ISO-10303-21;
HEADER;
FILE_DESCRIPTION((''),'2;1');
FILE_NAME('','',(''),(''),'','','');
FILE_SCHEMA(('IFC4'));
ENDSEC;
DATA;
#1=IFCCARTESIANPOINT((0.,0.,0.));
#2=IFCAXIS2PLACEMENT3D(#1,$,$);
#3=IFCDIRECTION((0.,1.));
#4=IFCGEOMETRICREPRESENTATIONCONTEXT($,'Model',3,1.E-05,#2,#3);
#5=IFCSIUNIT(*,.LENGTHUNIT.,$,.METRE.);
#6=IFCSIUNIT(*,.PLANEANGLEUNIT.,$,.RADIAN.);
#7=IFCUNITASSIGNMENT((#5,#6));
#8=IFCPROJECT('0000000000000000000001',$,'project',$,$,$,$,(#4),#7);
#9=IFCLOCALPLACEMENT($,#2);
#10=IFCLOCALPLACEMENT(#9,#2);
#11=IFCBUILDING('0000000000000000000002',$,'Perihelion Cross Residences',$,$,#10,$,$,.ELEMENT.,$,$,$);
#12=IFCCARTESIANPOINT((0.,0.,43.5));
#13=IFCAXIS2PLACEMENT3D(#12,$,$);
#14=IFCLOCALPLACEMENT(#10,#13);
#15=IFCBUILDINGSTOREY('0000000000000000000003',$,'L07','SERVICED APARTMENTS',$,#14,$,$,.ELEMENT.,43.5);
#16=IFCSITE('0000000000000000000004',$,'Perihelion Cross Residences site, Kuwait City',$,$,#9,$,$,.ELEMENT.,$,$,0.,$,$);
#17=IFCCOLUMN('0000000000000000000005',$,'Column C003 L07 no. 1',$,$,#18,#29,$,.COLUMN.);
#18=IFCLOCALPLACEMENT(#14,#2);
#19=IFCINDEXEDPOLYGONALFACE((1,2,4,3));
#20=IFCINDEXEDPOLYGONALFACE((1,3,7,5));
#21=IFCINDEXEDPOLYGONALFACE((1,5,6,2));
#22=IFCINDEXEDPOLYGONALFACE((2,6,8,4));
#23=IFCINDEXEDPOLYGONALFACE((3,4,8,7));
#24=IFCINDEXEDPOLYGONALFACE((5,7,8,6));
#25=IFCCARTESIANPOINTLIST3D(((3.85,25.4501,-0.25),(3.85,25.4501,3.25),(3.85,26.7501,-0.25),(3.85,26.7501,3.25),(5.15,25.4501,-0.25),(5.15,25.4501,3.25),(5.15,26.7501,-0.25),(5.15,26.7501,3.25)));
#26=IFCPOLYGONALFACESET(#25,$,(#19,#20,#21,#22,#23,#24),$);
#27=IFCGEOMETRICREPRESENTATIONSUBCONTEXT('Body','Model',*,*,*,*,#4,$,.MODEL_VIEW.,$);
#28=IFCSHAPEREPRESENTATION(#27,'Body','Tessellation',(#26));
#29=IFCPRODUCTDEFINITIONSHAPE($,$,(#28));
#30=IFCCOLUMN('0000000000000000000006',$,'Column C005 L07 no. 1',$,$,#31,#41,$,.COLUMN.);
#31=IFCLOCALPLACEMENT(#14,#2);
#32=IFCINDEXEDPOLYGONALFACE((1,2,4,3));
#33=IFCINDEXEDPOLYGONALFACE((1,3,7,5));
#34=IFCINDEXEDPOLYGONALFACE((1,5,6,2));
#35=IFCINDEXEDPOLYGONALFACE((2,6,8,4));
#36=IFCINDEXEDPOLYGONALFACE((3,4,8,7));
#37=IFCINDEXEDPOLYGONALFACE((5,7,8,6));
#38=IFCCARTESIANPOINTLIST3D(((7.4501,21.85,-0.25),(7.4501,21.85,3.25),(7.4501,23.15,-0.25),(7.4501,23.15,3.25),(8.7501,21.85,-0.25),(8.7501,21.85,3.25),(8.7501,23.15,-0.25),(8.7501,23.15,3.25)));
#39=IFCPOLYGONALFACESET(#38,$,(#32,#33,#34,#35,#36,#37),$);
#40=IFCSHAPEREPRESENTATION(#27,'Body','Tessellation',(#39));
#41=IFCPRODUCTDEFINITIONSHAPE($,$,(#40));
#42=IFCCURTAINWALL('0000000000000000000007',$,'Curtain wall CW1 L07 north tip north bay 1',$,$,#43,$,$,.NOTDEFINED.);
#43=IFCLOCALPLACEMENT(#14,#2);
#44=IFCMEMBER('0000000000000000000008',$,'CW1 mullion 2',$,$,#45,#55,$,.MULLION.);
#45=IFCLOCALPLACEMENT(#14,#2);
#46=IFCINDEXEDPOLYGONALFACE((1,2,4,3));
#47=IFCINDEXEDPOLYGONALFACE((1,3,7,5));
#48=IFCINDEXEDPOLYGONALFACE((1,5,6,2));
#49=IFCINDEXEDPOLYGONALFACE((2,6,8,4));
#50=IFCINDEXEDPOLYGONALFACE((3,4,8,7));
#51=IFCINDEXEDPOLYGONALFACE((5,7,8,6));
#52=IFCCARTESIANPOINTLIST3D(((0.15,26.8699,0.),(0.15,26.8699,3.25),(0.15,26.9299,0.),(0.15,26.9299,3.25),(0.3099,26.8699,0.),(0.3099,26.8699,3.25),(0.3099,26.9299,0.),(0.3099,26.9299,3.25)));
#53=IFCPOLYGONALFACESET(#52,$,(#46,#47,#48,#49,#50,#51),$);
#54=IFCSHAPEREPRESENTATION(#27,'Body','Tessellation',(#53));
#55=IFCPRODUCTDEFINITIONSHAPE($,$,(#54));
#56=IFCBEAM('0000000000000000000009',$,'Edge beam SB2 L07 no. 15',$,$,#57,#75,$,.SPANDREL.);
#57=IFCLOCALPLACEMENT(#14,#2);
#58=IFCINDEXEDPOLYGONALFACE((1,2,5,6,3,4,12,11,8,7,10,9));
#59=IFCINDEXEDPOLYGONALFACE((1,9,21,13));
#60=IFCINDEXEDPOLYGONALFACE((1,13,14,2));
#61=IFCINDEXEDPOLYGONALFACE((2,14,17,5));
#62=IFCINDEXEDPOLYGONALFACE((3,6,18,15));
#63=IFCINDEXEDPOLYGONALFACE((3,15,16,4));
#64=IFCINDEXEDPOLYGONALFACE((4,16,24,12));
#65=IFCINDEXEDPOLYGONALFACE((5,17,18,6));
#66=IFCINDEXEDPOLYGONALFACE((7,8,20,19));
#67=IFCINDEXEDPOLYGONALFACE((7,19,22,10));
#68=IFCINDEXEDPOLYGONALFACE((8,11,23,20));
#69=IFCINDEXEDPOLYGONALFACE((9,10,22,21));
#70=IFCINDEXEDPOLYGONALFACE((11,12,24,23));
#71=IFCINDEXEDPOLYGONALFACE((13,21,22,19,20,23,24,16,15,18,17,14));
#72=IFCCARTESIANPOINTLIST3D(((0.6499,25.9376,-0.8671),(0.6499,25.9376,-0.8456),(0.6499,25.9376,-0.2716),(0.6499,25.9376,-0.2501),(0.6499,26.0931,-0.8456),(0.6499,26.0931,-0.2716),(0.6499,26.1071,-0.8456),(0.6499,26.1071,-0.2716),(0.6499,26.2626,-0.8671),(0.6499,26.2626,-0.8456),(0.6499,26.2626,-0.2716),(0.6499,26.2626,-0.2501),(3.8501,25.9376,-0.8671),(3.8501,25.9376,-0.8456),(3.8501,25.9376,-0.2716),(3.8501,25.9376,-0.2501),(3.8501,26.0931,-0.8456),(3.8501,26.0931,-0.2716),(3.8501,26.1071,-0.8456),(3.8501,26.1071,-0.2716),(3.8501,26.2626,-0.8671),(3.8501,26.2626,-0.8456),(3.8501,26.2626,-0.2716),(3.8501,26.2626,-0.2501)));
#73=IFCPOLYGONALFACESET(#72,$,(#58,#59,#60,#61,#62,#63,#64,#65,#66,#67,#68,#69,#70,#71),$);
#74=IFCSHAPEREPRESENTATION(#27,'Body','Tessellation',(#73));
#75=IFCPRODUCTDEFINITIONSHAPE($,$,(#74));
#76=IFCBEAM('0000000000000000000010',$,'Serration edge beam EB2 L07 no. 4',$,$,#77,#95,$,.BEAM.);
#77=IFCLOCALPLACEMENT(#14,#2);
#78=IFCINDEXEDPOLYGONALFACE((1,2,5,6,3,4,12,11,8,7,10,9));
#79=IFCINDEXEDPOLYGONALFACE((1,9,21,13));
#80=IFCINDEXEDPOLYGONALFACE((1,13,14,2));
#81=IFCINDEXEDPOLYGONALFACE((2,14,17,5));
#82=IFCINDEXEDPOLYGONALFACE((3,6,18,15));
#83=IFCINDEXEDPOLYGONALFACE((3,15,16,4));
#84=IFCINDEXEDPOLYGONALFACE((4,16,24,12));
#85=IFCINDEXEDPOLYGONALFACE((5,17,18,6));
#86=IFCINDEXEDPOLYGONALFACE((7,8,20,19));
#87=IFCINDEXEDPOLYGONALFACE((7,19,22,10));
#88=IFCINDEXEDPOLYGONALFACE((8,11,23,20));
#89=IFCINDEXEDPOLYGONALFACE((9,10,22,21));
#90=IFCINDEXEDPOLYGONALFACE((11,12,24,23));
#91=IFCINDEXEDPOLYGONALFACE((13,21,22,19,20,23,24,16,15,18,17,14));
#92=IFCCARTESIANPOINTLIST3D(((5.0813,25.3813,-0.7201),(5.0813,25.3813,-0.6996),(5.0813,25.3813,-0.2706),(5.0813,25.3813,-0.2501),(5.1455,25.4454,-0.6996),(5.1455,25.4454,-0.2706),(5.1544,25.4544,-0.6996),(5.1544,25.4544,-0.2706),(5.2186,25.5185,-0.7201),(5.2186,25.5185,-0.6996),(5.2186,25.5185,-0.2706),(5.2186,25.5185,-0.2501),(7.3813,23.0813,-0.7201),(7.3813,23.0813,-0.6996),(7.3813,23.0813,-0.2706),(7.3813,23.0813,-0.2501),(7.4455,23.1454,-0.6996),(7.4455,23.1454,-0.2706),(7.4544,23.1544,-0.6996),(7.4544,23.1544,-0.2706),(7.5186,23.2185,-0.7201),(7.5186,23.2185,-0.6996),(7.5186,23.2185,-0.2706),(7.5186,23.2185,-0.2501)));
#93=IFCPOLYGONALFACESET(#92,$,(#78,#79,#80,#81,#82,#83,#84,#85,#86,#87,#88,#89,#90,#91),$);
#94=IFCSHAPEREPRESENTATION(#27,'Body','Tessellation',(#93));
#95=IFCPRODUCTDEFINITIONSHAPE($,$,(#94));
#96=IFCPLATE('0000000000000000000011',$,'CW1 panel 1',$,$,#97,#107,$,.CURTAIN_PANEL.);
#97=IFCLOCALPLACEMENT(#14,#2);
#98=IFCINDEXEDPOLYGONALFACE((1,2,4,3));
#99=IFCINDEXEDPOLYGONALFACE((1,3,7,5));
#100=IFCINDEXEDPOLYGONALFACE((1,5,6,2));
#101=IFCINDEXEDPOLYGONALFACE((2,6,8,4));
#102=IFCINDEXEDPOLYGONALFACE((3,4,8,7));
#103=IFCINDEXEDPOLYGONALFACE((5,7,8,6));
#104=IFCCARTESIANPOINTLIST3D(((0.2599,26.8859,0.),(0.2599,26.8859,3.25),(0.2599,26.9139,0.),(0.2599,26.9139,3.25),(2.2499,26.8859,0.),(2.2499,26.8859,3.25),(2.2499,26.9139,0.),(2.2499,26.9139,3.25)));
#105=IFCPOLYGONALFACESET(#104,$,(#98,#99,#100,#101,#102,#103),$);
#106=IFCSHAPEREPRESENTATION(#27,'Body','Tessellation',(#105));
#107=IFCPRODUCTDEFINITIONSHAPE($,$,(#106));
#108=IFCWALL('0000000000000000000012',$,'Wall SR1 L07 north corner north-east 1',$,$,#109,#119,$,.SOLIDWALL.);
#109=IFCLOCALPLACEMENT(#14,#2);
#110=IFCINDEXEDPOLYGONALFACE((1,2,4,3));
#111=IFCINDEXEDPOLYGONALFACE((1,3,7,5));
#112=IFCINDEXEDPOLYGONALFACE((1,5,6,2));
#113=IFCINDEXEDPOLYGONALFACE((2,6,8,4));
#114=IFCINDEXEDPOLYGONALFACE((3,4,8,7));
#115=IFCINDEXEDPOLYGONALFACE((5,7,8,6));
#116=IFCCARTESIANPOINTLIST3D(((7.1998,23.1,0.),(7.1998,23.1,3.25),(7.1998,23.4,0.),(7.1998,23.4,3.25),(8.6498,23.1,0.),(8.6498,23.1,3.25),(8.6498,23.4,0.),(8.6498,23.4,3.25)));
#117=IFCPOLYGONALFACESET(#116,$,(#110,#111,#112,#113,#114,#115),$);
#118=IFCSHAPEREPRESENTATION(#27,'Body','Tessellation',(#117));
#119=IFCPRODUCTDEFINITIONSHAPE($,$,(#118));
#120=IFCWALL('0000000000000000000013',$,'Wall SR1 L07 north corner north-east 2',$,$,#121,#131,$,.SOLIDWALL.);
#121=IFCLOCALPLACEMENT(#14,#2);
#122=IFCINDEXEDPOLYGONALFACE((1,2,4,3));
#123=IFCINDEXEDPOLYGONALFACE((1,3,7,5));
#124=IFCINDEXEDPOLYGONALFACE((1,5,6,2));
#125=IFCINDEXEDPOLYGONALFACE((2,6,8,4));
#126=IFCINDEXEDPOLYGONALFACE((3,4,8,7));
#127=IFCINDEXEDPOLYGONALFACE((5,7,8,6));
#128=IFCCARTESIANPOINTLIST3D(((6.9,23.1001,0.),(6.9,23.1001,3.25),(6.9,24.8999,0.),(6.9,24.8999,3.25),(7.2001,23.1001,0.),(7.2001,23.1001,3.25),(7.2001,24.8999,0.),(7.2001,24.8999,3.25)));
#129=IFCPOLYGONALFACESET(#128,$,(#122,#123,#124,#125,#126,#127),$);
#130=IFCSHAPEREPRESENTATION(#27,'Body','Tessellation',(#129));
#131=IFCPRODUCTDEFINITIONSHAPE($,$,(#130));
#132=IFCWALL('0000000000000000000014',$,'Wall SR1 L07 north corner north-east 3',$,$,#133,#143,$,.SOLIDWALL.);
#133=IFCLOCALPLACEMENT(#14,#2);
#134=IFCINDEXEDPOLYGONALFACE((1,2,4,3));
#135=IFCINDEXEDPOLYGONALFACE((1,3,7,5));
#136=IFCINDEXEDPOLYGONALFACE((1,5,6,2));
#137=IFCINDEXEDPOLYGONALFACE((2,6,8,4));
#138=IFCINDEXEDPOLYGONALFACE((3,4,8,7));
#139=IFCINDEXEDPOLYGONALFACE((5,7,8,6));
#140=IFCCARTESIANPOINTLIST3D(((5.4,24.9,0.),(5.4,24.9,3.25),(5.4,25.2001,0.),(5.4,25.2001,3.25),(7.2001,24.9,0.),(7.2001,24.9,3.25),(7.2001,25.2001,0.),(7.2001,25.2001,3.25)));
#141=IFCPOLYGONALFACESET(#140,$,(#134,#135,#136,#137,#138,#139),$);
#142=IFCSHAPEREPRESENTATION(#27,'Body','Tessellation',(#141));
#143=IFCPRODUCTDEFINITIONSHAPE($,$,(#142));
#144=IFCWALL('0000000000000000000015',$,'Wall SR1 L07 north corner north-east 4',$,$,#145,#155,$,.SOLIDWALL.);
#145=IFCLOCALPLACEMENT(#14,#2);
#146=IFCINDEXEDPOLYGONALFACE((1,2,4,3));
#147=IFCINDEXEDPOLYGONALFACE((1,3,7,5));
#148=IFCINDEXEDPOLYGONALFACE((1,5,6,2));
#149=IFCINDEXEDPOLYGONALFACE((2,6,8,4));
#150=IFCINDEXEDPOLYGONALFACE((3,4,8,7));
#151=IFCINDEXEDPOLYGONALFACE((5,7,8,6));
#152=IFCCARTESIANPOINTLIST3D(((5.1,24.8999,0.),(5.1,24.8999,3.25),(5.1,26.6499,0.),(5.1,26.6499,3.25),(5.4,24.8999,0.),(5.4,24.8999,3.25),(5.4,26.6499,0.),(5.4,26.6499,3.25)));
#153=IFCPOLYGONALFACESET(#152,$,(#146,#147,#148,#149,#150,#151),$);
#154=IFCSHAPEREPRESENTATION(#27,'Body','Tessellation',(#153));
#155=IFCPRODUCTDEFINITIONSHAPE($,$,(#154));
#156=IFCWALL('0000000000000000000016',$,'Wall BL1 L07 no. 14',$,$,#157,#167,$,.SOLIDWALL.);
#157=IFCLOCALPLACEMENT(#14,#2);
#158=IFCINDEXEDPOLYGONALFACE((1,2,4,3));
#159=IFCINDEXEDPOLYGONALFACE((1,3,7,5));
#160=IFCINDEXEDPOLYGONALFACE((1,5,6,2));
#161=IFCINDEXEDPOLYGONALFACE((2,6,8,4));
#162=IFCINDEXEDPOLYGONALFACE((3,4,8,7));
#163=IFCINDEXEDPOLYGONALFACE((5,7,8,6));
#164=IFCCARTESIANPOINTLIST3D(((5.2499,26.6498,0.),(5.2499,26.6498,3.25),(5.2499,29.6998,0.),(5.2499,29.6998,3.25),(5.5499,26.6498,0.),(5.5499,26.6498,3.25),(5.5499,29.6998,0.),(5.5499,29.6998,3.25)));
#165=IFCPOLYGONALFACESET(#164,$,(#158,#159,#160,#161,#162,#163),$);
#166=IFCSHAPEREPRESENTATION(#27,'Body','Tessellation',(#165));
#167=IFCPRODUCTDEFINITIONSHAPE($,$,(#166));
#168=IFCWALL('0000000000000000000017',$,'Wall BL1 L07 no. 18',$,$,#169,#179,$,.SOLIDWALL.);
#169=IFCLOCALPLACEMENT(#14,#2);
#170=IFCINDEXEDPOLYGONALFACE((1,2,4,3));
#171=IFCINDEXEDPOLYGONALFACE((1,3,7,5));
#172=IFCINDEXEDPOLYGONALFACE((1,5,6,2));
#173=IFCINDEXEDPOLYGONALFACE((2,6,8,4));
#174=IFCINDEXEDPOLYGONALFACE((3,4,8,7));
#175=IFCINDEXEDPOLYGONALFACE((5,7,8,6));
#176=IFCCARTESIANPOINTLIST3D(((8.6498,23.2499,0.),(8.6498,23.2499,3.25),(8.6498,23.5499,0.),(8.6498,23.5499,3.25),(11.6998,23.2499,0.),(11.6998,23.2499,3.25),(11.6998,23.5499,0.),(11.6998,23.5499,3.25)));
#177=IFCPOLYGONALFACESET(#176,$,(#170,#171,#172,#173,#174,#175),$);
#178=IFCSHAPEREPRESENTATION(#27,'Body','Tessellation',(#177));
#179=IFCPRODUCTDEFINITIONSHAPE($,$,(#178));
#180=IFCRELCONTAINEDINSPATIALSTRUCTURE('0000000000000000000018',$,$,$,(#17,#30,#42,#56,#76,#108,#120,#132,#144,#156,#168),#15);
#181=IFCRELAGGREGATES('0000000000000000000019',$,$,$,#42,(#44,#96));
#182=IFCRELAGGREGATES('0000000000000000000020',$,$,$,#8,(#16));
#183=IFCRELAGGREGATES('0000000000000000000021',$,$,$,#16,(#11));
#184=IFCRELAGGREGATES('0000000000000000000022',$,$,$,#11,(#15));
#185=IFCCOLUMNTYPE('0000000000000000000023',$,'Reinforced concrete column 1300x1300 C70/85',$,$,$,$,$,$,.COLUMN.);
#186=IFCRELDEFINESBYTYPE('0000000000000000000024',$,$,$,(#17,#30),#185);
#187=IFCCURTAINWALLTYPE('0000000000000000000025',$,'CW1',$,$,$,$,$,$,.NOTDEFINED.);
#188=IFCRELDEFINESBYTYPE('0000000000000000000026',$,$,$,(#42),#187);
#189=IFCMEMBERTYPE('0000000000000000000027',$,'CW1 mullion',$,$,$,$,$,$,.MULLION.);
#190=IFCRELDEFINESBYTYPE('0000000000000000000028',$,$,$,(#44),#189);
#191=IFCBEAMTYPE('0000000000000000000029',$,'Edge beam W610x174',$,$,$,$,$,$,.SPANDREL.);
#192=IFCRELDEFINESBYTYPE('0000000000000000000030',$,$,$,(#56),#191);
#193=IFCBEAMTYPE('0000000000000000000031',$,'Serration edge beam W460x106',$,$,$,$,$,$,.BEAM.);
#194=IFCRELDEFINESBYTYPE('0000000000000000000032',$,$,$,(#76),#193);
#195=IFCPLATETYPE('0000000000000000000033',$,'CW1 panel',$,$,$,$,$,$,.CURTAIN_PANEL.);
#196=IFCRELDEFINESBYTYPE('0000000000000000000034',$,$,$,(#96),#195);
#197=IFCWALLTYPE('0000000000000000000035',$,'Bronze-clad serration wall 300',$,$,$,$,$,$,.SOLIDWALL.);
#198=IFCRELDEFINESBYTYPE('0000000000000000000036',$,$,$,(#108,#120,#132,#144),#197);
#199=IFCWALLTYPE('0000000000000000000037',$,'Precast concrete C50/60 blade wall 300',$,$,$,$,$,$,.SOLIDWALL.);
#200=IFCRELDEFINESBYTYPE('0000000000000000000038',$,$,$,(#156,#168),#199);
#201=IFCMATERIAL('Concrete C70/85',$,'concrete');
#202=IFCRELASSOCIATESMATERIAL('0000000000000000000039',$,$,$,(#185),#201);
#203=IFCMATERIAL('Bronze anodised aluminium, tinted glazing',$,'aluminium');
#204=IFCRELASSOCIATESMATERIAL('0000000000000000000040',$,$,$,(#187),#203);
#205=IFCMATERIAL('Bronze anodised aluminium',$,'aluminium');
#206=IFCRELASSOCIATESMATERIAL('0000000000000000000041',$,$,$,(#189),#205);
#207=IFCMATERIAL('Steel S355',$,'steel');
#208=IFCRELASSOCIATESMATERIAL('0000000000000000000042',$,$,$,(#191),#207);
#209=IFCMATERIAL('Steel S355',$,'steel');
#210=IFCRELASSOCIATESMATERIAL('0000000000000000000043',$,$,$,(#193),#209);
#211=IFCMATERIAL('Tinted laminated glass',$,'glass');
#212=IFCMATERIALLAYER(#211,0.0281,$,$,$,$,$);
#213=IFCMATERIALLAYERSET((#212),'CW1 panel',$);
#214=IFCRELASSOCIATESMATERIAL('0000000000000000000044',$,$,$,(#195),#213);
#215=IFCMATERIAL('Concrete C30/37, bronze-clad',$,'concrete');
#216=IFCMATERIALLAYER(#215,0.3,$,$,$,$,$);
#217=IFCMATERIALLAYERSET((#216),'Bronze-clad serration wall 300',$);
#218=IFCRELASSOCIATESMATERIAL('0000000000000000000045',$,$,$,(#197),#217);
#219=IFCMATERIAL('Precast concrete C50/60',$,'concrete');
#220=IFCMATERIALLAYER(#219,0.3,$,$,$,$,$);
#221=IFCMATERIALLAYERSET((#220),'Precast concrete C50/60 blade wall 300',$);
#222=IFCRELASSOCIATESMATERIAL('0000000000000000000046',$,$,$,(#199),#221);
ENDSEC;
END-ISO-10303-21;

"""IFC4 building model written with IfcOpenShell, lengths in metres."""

from ifc_helpers import new_model, si_unit, direction, frame, frame_2d, origin, origin_2d, place, context, subcontext, project, spatial, rectangle, i_section, extrude, material, layer, layer_set, material_profile, profile_set, type_object, element, aggregate, save


model = new_model("IFC4")

# Units and contexts
model_context = context("Model", 3, precision=1e-05, world=origin(), true_north=direction((0.0, 1.0)))
body_context = subcontext(model_context, "Body", "Model", "MODEL_VIEW")
ifc_project = project(units=[si_unit("LENGTHUNIT", "METRE"), si_unit("PLANEANGLEUNIT", "RADIAN")], contexts=[model_context])

# Site, building, storey
site_placement = place(None, origin())
site = spatial("IfcSite", under=ifc_project, at=site_placement, Name="Perihelion Cross Residences site, Kuwait City", CompositionType="ELEMENT", RefElevation=0.0)
building_placement = place(site_placement, origin())
building = spatial("IfcBuilding", under=site, at=building_placement, Name="Perihelion Cross Residences", CompositionType="ELEMENT")
storey_placement = place(building_placement, frame((0.0, 0.0, 43.5)))
storey = spatial("IfcBuildingStorey", under=building, at=storey_placement, Name="L07", Description="SERVICED APARTMENTS", CompositionType="ELEMENT", Elevation=43.5)

# Columns
ifc_material_1 = material(Name="Concrete C70/85", Category="concrete")
ifc_material_profile_1 = material_profile(ifc_material_1, rectangle(XDim=1.3, YDim=1.3, at=origin_2d()), Name="RC 1300x1300")
ifc_profile_set_1 = profile_set([ifc_material_profile_1], Name="Concrete C70/85")
column_type = type_object("IfcColumnType", Name="Reinforced concrete column 1300x1300 C70/85", PredefinedType="COLUMN", material=ifc_profile_set_1)
for number, where, z_axis, x_axis, name in (
    (1, (4.5, 26.1001, -0.25), (0.0, 0.0, 1.0), (1.0, 0.0, 0.0), "Column C003 L07 no. 1"),
    (2, (8.1001, 22.5, -0.25), (0.0, 0.0, 1.0), (1.0, 0.0, 0.0), "Column C005 L07 no. 1"),
):
    element("IfcColumn", number, at=place(storey_placement, frame(where, z_axis=z_axis, x_axis=x_axis)), inside=storey, type_object=column_type, Name=name, PredefinedType="COLUMN", context=body_context, shape_type="SweptSolid", body=[
        extrude(rectangle(XDim=1.3, YDim=1.3, at=origin_2d()), origin(), (0.0, 0.0, 1.0), 3.5),
    ])

# Curtain wall, member
ifc_material_2 = material(Name="Bronze anodised aluminium, tinted glazing", Category="aluminium")
curtain_wall_type = type_object("IfcCurtainWallType", Name="CW1", PredefinedType="NOTDEFINED", material=ifc_material_2)
curtain_wall_placement = place(storey_placement, origin())
curtain_wall = element("IfcCurtainWall", 3, at=curtain_wall_placement, inside=storey, type_object=curtain_wall_type, Name="Curtain wall CW1 L07 north tip north bay 1", PredefinedType="NOTDEFINED")
ifc_material_3 = material(Name="Bronze anodised aluminium", Category="aluminium")
ifc_material_profile_2 = material_profile(ifc_material_3, rectangle(XDim=0.0601, YDim=0.1599, at=origin_2d()), Name="CW1 mullion")
ifc_profile_set_2 = profile_set([ifc_material_profile_2], Name="Bronze anodised aluminium")
member_type = type_object("IfcMemberType", Name="CW1 mullion", PredefinedType="MULLION", material=ifc_profile_set_2)
member_placement = place(storey_placement, frame((0.23, 26.8999, 0.0), z_axis=(0.0, 0.0, 1.0), x_axis=(0.0, -1.0, 0.0)))
member = element("IfcMember", 4, at=member_placement, type_object=member_type, Name="CW1 mullion 2", PredefinedType="MULLION", context=body_context, shape_type="SweptSolid", body=[
    extrude(rectangle(XDim=0.0601, YDim=0.1599, at=origin_2d()), origin(), (0.0, 0.0, 1.0), 3.25),
])

# Beams
ifc_material_4 = material(Name="Steel S355", Category="steel")
ifc_material_profile_3 = material_profile(ifc_material_4, i_section(OverallWidth=0.325, OverallDepth=0.6169, WebThickness=0.0139, FlangeThickness=0.0215, at=origin_2d()), Name="W610x174")
ifc_profile_set_3 = profile_set([ifc_material_profile_3], Name="Steel S355")
beam_type_1 = type_object("IfcBeamType", Name="Edge beam W610x174", PredefinedType="SPANDREL", material=ifc_profile_set_3)
beam_1_placement = place(storey_placement, frame((3.8501, 26.1001, -0.5586), z_axis=(-1.0, 0.0, 0.0), x_axis=(0.0, -1.0, 0.0)))
element("IfcBeam", 5, at=beam_1_placement, inside=storey, type_object=beam_type_1, Name="Edge beam SB2 L07 no. 15", PredefinedType="SPANDREL", context=body_context, shape_type="SweptSolid", body=[
    extrude(i_section(OverallWidth=0.325, OverallDepth=0.6169, WebThickness=0.0139, FlangeThickness=0.0215, at=origin_2d()), origin(), (0.0, 0.0, 1.0), 3.2002),
])
ifc_material_5 = material(Name="Steel S355", Category="steel")
ifc_material_profile_4 = material_profile(ifc_material_5, i_section(OverallWidth=0.1941, OverallDepth=0.47, WebThickness=0.0127, FlangeThickness=0.0205, at=origin_2d()), Name="W460x106")
ifc_profile_set_4 = profile_set([ifc_material_profile_4], Name="Steel S355")
beam_type_2 = type_object("IfcBeamType", Name="Serration edge beam W460x106", PredefinedType="BEAM", material=ifc_profile_set_4)
beam_2_placement = place(storey_placement, frame((7.45, 23.1499, -0.4851), z_axis=(-0.707107, 0.707107, 0.0), x_axis=(-0.707107, -0.707107, 0.0)))
element("IfcBeam", 6, at=beam_2_placement, inside=storey, type_object=beam_type_2, Name="Serration edge beam EB2 L07 no. 4", PredefinedType="BEAM", context=body_context, shape_type="SweptSolid", body=[
    extrude(i_section(OverallWidth=0.1941, OverallDepth=0.47, WebThickness=0.0127, FlangeThickness=0.0205, at=origin_2d()), origin(), (0.0, 0.0, 1.0), 3.2527),
])

# Plate
ifc_material_6 = material(Name="Tinted laminated glass", Category="glass")
ifc_layer_1 = layer(ifc_material_6, 0.0281)
ifc_layer_set_1 = layer_set([ifc_layer_1], Name="CW1 panel")
plate_type = type_object("IfcPlateType", Name="CW1 panel", PredefinedType="CURTAIN_PANEL", material=ifc_layer_set_1)
plate_placement = place(storey_placement, frame((1.2549, 26.8999, 0.0), z_axis=(0.0, 0.0, 1.0), x_axis=(-1.0, 0.0, 0.0)))
plate = element("IfcPlate", 7, at=plate_placement, type_object=plate_type, Name="CW1 panel 1", PredefinedType="CURTAIN_PANEL", context=body_context, shape_type="SweptSolid", body=[
    extrude(rectangle(XDim=1.99, YDim=0.0281, at=origin_2d()), origin(), (0.0, 0.0, 1.0), 3.25),
])
aggregate(curtain_wall, [member, plate])

# Walls
ifc_material_7 = material(Name="Concrete C30/37, bronze-clad", Category="concrete")
ifc_layer_2 = layer(ifc_material_7, 0.3)
ifc_layer_set_2 = layer_set([ifc_layer_2], Name="Bronze-clad serration wall 300")
wall_type_1 = type_object("IfcWallType", Name="Bronze-clad serration wall 300", PredefinedType="SOLIDWALL", material=ifc_layer_set_2)
wall_1_placement = place(storey_placement, frame((8.6499, 23.25, 0.0), z_axis=(0.0, 0.0, 1.0), x_axis=(-1.0, 0.0, 0.0)))
element("IfcWall", 8, at=wall_1_placement, inside=storey, type_object=wall_type_1, Name="Wall SR1 L07 north corner north-east 1", PredefinedType="SOLIDWALL", context=body_context, shape_type="SweptSolid", body=[
    extrude(rectangle(XDim=1.45, YDim=0.3, at=frame_2d((0.7251, 0.0))), origin(), (0.0, 0.0, 1.0), 3.25),
])
wall_2_placement = place(storey_placement, frame((7.05, 23.1001, 0.0), z_axis=(0.0, 0.0, 1.0), x_axis=(0.0, 1.0, 0.0)))
element("IfcWall", 9, at=wall_2_placement, inside=storey, type_object=wall_type_1, Name="Wall SR1 L07 north corner north-east 2", PredefinedType="SOLIDWALL", context=body_context, shape_type="SweptSolid", body=[
    extrude(rectangle(XDim=1.7998, YDim=0.3, at=frame_2d((0.8999, 0.0))), origin(), (0.0, 0.0, 1.0), 3.25),
])
wall_3_placement = place(storey_placement, frame((7.2, 25.05, 0.0), z_axis=(0.0, 0.0, 1.0), x_axis=(-1.0, 0.0, 0.0)))
element("IfcWall", 10, at=wall_3_placement, inside=storey, type_object=wall_type_1, Name="Wall SR1 L07 north corner north-east 3", PredefinedType="SOLIDWALL", context=body_context, shape_type="SweptSolid", body=[
    extrude(rectangle(XDim=1.8, YDim=0.3, at=frame_2d((0.8999, 0.0))), origin(), (0.0, 0.0, 1.0), 3.25),
])
wall_4_placement = place(storey_placement, frame((5.25, 24.8999, 0.0), z_axis=(0.0, 0.0, 1.0), x_axis=(0.0, 1.0, 0.0)))
element("IfcWall", 11, at=wall_4_placement, inside=storey, type_object=wall_type_1, Name="Wall SR1 L07 north corner north-east 4", PredefinedType="SOLIDWALL", context=body_context, shape_type="SweptSolid", body=[
    extrude(rectangle(XDim=1.75, YDim=0.3, at=frame_2d((0.875, 0.0))), origin(), (0.0, 0.0, 1.0), 3.25),
])
ifc_material_8 = material(Name="Precast concrete C50/60", Category="concrete")
ifc_layer_3 = layer(ifc_material_8, 0.3)
ifc_layer_set_3 = layer_set([ifc_layer_3], Name="Precast concrete C50/60 blade wall 300")
wall_type_2 = type_object("IfcWallType", Name="Precast concrete C50/60 blade wall 300", PredefinedType="SOLIDWALL", material=ifc_layer_set_3)
for number, where, z_axis, x_axis, name in (
    (12, (5.3999, 26.6499, 0.0), (0.0, 0.0, 1.0), (0.0, 1.0, 0.0), "Wall BL1 L07 no. 14"),
    (13, (8.6499, 23.3999, 0.0), (0.0, 0.0, 1.0), (1.0, 0.0, 0.0), "Wall BL1 L07 no. 18"),
):
    element("IfcWall", number, at=place(storey_placement, frame(where, z_axis=z_axis, x_axis=x_axis)), inside=storey, type_object=wall_type_2, Name=name, PredefinedType="SOLIDWALL", context=body_context, shape_type="SweptSolid", body=[
        extrude(rectangle(XDim=3.05, YDim=0.3, at=frame_2d((1.5249, 0.0))), origin(), (0.0, 0.0, 1.0), 3.25),
    ])

save(model, "model.ifc")
